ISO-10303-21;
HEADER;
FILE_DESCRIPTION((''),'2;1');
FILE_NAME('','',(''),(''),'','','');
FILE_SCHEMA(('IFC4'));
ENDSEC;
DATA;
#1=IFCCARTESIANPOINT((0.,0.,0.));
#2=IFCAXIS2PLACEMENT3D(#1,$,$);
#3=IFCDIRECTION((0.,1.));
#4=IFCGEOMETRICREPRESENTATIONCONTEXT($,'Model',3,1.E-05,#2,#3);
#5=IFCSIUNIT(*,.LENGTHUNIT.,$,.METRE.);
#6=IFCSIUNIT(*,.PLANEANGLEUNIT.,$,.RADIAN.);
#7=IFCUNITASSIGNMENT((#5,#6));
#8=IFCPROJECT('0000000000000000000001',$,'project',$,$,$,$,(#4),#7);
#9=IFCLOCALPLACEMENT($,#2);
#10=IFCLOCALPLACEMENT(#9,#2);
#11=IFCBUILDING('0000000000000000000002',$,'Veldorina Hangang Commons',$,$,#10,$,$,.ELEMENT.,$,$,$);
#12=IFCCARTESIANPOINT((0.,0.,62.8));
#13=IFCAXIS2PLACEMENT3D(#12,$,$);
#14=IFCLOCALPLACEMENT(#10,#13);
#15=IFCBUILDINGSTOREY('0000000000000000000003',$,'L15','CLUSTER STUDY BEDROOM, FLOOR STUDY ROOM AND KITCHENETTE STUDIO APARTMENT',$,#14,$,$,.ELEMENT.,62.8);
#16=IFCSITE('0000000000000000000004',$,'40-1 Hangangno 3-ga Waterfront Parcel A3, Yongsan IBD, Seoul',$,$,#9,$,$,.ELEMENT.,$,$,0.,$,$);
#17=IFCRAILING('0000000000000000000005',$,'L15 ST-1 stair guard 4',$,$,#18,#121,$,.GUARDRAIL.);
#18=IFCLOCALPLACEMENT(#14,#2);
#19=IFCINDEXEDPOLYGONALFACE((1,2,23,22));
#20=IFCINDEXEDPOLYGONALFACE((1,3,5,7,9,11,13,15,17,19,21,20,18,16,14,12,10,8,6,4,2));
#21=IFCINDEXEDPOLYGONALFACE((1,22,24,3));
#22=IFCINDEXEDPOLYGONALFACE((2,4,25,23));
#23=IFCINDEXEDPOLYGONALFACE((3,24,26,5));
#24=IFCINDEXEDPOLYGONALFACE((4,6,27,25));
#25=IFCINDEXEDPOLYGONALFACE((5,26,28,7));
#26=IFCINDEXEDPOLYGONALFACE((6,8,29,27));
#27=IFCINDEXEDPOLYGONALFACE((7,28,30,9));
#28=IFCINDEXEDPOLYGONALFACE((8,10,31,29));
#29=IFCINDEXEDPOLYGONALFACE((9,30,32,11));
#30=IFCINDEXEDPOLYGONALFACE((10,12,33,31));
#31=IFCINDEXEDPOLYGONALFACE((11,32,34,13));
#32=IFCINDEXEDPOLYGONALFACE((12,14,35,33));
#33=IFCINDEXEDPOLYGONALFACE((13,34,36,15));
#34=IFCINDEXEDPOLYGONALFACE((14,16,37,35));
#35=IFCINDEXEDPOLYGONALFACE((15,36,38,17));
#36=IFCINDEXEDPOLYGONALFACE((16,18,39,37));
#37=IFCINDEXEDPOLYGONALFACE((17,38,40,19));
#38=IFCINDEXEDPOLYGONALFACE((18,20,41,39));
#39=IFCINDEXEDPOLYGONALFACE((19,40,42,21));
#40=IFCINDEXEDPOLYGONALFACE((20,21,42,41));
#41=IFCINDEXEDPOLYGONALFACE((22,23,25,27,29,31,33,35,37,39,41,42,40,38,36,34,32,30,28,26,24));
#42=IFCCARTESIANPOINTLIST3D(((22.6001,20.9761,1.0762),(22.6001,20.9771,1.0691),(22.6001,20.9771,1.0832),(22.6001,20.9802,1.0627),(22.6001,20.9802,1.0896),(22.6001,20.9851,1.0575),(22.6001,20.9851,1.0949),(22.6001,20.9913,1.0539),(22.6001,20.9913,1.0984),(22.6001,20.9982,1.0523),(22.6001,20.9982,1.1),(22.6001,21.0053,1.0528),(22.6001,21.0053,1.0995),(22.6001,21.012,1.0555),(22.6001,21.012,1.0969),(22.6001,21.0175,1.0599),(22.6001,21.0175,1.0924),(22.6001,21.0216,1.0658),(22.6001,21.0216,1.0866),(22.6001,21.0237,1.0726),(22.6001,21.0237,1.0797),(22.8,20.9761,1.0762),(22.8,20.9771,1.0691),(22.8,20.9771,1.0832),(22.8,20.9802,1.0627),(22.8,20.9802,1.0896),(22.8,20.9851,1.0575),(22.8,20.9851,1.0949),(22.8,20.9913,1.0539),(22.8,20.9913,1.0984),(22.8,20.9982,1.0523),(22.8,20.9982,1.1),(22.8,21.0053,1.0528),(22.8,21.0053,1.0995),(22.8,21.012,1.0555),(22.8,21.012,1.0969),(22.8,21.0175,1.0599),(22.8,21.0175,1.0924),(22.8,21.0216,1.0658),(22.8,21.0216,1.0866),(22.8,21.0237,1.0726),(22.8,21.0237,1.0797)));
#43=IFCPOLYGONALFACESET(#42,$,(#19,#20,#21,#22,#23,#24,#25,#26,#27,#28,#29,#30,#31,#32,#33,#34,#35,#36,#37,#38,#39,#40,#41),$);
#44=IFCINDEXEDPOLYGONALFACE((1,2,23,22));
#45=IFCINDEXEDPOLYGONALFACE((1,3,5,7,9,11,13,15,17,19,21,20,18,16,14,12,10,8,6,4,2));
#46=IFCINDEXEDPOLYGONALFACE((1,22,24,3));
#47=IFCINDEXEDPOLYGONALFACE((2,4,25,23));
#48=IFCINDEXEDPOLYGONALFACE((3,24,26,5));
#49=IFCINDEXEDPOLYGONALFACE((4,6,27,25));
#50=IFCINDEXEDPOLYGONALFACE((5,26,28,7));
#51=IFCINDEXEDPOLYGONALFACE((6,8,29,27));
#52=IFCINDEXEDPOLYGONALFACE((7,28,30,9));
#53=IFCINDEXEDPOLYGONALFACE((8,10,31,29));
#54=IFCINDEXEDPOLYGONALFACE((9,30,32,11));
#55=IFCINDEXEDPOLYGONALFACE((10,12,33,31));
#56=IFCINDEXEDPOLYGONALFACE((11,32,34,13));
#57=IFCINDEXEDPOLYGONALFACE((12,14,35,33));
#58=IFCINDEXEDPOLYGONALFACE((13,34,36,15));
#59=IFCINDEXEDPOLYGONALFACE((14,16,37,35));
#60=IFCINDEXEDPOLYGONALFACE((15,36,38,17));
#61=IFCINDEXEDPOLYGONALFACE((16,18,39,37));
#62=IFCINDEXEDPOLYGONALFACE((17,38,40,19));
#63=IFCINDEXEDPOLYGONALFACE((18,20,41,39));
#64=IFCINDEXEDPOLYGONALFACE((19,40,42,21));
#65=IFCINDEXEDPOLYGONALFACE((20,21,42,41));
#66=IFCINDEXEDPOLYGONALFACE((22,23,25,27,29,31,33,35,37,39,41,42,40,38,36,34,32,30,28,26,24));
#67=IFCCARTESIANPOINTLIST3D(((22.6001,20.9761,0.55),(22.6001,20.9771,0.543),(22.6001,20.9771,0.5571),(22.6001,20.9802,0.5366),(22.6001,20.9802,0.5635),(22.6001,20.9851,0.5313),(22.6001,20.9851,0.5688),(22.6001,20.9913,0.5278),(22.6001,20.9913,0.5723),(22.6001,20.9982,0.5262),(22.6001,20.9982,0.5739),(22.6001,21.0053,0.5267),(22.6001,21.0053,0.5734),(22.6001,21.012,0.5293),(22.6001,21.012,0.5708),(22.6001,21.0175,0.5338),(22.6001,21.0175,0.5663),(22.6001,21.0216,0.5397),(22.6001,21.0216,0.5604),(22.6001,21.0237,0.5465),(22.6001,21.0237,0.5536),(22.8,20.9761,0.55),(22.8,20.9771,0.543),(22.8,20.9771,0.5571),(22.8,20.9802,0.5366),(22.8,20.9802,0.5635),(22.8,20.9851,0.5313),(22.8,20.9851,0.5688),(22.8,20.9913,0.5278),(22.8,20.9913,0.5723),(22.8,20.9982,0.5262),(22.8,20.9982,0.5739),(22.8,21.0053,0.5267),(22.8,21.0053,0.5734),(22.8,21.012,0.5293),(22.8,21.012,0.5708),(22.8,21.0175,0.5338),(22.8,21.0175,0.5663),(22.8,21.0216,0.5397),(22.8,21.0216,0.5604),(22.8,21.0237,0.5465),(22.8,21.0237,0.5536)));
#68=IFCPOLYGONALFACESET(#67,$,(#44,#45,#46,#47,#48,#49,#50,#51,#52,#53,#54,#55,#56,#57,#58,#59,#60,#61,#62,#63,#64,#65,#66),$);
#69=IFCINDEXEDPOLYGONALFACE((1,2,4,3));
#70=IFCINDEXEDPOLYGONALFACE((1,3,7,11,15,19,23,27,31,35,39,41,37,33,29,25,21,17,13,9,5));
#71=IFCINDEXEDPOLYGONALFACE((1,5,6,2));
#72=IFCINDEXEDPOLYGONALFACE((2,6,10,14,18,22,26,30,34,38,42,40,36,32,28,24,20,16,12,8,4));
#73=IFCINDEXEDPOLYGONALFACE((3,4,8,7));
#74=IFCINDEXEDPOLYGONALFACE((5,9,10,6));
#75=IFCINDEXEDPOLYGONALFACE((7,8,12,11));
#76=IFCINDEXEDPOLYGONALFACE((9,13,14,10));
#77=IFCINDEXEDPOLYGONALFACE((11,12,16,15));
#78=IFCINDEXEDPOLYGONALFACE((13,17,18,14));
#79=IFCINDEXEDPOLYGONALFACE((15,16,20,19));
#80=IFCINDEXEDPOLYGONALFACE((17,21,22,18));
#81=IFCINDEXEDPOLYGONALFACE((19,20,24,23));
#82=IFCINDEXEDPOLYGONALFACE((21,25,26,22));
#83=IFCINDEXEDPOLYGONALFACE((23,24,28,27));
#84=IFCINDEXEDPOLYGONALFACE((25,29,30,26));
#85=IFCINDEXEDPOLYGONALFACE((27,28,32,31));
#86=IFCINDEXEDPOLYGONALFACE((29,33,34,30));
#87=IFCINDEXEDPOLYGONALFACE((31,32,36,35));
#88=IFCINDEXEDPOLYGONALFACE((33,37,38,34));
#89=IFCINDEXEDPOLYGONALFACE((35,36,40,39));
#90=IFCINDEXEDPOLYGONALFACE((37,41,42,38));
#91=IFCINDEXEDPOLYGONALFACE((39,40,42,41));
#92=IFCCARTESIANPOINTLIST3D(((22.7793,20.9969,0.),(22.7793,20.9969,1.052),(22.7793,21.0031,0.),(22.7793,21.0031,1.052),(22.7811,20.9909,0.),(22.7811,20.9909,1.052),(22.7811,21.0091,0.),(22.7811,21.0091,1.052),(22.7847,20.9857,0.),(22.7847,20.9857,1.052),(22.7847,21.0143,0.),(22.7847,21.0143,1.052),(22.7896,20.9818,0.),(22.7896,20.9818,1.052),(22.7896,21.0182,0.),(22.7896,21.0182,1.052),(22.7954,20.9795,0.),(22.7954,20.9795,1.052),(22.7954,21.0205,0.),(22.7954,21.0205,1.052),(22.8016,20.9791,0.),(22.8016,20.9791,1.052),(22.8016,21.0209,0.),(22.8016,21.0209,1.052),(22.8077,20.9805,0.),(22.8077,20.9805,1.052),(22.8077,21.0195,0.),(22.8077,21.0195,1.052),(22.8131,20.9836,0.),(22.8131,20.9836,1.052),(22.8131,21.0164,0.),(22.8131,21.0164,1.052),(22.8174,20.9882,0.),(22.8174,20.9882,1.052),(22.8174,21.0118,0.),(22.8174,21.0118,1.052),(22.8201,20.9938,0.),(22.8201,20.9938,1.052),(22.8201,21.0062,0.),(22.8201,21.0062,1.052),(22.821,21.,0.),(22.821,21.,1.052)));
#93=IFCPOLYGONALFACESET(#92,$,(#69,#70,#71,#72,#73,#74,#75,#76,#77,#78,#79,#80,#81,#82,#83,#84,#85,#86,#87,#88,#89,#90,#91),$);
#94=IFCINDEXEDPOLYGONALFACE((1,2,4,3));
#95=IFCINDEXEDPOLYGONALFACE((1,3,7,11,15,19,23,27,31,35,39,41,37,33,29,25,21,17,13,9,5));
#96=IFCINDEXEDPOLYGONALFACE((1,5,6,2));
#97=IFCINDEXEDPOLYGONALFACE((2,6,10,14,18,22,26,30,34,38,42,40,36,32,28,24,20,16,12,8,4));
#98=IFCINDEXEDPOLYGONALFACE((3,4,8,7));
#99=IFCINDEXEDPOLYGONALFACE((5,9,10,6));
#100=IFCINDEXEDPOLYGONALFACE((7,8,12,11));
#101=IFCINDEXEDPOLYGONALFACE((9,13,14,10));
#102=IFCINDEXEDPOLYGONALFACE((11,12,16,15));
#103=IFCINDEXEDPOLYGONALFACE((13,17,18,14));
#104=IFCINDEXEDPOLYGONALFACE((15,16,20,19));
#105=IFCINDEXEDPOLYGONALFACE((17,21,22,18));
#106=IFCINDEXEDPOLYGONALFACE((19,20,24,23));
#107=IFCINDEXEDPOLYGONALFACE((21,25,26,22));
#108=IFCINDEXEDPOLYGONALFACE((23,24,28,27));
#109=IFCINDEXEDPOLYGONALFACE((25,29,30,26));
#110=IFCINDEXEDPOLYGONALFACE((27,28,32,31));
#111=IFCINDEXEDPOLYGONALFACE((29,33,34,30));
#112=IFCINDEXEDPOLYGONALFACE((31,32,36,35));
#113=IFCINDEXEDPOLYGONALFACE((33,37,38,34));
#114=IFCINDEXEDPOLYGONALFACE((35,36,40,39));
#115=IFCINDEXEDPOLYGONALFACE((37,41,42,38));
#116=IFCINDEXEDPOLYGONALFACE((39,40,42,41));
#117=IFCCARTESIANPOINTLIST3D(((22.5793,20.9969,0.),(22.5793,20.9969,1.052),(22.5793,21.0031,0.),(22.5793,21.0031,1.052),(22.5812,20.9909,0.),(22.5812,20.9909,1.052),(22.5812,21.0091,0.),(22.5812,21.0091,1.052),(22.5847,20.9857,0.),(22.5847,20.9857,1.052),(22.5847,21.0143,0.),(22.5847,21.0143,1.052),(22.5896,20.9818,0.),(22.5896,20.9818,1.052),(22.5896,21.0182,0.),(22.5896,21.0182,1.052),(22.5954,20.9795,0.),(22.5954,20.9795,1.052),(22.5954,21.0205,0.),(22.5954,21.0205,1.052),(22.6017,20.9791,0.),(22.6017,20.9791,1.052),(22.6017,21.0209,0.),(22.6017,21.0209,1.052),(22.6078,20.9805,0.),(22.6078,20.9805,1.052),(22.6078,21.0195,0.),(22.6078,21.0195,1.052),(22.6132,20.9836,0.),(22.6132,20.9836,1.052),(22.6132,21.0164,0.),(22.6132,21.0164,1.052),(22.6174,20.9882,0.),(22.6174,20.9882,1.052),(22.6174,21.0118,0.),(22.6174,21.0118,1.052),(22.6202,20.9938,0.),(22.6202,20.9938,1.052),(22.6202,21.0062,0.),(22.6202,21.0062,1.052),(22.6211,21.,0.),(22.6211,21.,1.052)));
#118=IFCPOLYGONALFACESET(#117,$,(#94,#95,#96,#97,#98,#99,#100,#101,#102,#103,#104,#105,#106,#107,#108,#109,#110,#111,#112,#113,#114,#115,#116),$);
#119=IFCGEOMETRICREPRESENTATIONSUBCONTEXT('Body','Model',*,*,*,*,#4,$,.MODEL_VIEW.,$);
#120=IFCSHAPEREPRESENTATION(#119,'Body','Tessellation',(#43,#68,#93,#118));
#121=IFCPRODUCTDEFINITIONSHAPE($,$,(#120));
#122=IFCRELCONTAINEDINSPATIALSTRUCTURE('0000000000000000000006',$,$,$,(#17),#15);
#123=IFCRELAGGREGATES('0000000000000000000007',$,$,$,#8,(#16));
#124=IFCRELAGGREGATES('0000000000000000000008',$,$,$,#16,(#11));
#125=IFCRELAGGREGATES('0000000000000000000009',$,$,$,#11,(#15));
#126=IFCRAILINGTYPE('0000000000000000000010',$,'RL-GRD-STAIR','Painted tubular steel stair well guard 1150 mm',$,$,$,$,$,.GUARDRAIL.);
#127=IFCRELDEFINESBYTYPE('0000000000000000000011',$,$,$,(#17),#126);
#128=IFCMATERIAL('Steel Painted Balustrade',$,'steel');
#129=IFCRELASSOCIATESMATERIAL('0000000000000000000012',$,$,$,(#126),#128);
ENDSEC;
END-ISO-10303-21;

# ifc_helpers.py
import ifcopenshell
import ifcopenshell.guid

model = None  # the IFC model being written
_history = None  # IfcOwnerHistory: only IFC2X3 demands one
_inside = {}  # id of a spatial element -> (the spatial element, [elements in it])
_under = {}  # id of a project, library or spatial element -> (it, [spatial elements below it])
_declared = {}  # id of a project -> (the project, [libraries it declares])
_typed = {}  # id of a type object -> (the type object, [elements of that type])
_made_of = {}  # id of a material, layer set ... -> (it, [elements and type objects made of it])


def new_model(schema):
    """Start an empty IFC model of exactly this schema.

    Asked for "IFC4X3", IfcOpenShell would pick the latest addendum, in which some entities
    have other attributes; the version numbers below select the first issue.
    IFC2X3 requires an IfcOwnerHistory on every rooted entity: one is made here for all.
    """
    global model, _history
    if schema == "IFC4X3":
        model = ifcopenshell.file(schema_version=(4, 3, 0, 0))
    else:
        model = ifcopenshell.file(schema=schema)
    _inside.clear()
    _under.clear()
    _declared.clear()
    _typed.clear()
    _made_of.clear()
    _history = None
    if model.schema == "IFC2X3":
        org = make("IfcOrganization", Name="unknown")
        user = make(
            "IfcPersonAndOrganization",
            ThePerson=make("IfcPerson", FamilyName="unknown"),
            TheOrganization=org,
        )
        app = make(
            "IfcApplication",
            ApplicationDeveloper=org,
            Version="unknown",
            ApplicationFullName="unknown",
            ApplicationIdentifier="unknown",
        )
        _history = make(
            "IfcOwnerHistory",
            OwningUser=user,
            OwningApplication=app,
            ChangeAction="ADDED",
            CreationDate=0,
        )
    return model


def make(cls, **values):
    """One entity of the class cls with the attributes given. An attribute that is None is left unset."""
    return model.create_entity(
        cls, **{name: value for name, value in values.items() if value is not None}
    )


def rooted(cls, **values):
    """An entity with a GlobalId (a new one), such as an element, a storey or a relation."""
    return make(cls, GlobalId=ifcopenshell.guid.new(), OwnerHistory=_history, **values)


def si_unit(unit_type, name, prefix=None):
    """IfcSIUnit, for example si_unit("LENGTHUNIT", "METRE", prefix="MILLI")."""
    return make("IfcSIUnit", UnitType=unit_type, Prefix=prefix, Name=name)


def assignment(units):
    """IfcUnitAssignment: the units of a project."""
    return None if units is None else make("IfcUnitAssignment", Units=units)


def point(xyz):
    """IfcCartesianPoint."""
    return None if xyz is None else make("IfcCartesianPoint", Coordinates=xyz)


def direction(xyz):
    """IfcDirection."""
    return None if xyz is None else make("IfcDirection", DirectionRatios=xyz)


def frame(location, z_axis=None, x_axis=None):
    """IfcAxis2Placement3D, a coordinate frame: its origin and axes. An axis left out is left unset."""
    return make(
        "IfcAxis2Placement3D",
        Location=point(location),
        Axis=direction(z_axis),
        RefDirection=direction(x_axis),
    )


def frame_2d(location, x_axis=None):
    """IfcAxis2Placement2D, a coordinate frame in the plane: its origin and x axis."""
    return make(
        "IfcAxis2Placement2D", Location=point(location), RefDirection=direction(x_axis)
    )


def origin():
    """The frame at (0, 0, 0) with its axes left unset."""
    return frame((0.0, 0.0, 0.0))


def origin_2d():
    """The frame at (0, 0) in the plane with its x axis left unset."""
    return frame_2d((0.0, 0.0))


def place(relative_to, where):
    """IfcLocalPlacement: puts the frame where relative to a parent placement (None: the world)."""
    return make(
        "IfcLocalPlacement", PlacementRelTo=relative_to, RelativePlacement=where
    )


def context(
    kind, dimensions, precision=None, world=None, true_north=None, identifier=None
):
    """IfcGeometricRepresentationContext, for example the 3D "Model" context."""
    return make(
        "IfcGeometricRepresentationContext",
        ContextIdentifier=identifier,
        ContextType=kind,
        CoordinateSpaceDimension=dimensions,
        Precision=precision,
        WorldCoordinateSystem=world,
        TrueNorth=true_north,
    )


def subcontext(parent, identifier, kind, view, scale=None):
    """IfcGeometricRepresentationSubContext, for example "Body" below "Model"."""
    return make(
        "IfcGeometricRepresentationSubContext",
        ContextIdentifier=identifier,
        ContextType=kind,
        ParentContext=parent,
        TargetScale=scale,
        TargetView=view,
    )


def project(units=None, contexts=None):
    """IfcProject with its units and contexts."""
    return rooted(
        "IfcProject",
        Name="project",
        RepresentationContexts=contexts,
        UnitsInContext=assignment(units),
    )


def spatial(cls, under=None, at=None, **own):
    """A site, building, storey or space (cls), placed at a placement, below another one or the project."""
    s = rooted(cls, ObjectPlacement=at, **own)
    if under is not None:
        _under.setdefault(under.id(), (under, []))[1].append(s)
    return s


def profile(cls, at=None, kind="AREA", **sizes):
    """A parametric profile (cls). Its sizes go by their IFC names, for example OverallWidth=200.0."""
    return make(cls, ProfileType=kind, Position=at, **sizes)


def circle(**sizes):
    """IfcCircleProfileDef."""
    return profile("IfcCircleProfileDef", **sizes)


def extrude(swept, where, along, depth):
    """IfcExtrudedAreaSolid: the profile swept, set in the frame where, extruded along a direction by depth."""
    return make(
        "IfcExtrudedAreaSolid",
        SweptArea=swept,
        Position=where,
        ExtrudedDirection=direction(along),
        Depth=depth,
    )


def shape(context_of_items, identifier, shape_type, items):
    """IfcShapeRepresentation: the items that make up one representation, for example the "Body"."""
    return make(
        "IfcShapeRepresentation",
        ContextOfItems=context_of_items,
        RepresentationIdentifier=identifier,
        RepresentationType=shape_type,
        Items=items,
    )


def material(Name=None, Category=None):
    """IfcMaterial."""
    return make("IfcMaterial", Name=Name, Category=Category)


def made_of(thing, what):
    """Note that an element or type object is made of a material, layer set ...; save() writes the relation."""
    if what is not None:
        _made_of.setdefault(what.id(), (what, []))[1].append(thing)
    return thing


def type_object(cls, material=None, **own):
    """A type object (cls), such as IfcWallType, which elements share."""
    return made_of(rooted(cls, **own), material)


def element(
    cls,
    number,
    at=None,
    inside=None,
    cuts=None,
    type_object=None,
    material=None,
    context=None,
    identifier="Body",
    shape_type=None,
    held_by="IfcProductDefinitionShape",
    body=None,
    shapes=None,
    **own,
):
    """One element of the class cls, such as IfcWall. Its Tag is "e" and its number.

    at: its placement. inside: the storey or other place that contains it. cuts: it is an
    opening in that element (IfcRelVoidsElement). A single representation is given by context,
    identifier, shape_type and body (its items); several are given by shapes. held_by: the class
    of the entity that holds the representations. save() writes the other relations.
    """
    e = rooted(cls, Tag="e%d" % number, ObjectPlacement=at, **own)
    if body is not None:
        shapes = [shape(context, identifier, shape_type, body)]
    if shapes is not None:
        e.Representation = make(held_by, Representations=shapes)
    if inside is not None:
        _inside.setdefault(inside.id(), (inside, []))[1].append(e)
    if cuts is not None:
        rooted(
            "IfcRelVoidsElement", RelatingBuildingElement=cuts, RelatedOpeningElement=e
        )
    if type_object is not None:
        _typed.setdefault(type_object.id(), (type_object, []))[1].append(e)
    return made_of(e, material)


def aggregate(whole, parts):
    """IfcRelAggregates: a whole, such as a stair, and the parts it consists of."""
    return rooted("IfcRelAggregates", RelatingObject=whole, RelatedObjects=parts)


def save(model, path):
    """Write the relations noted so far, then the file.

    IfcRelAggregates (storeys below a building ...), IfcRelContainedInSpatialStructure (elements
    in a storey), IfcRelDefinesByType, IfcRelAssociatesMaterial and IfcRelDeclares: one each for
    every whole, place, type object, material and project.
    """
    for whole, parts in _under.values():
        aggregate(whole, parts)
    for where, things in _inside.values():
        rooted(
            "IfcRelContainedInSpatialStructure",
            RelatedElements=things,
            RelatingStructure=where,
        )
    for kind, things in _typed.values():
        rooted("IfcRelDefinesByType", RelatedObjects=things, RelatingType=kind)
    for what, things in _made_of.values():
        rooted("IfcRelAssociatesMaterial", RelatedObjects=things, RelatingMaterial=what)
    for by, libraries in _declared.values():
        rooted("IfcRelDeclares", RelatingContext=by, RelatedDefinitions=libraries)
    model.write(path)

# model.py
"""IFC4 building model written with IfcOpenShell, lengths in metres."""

from ifc_helpers import new_model, si_unit, direction, frame, origin, origin_2d, place, context, subcontext, project, spatial, circle, extrude, material, type_object, element, save


model = new_model("IFC4")

# Units and contexts
model_context = context("Model", 3, precision=1e-05, world=origin(), true_north=direction((0.0, 1.0)))
body_context = subcontext(model_context, "Body", "Model", "MODEL_VIEW")
ifc_project = project(units=[si_unit("LENGTHUNIT", "METRE"), si_unit("PLANEANGLEUNIT", "RADIAN")], contexts=[model_context])

# Site, building, storey
site_placement = place(None, origin())
site = spatial("IfcSite", under=ifc_project, at=site_placement, Name="40-1 Hangangno 3-ga Waterfront Parcel A3, Yongsan IBD, Seoul", CompositionType="ELEMENT", RefElevation=0.0)
building_placement = place(site_placement, origin())
building = spatial("IfcBuilding", under=site, at=building_placement, Name="Veldorina Hangang Commons", CompositionType="ELEMENT")
storey_placement = place(building_placement, frame((0.0, 0.0, 62.8)))
storey = spatial("IfcBuildingStorey", under=building, at=storey_placement, Name="L15", Description="CLUSTER STUDY BEDROOM, FLOOR STUDY ROOM AND KITCHENETTE STUDIO APARTMENT", CompositionType="ELEMENT", Elevation=62.8)

# Railing
ifc_material_1 = material(Name="Steel Painted Balustrade", Category="steel")
railing_type = type_object("IfcRailingType", Name="RL-GRD-STAIR", Description="Painted tubular steel stair well guard 1150 mm", PredefinedType="GUARDRAIL", material=ifc_material_1)
railing_1_placement = place(storey_placement, frame((22.8, 21.0, 0.0)))
element("IfcRailing", 1, at=railing_1_placement, inside=storey, type_object=railing_type, Name="L15 ST-1 stair guard 4", PredefinedType="GUARDRAIL", context=body_context, shape_type="SweptSolid", body=[
    extrude(circle(Radius=0.0239, at=origin_2d()), frame((0.0, 0.0, 1.0762), z_axis=(-1.0, 0.0, 0.0), x_axis=(0.0, -1.0, 0.0)), (0.0, 0.0, 1.0), 0.2),
    extrude(circle(Radius=0.0239, at=origin_2d()), frame((0.0, 0.0, 0.55), z_axis=(-1.0, 0.0, 0.0), x_axis=(0.0, -1.0, 0.0)), (0.0, 0.0, 1.0), 0.2),
    extrude(circle(Radius=0.021, at=origin_2d()), origin(), (0.0, 0.0, 1.0), 1.052),
    extrude(circle(Radius=0.021, at=origin_2d()), frame((-0.2, 0.0, 0.0)), (0.0, 0.0, 1.0), 1.052),
])

save(model, "model.ifc")
